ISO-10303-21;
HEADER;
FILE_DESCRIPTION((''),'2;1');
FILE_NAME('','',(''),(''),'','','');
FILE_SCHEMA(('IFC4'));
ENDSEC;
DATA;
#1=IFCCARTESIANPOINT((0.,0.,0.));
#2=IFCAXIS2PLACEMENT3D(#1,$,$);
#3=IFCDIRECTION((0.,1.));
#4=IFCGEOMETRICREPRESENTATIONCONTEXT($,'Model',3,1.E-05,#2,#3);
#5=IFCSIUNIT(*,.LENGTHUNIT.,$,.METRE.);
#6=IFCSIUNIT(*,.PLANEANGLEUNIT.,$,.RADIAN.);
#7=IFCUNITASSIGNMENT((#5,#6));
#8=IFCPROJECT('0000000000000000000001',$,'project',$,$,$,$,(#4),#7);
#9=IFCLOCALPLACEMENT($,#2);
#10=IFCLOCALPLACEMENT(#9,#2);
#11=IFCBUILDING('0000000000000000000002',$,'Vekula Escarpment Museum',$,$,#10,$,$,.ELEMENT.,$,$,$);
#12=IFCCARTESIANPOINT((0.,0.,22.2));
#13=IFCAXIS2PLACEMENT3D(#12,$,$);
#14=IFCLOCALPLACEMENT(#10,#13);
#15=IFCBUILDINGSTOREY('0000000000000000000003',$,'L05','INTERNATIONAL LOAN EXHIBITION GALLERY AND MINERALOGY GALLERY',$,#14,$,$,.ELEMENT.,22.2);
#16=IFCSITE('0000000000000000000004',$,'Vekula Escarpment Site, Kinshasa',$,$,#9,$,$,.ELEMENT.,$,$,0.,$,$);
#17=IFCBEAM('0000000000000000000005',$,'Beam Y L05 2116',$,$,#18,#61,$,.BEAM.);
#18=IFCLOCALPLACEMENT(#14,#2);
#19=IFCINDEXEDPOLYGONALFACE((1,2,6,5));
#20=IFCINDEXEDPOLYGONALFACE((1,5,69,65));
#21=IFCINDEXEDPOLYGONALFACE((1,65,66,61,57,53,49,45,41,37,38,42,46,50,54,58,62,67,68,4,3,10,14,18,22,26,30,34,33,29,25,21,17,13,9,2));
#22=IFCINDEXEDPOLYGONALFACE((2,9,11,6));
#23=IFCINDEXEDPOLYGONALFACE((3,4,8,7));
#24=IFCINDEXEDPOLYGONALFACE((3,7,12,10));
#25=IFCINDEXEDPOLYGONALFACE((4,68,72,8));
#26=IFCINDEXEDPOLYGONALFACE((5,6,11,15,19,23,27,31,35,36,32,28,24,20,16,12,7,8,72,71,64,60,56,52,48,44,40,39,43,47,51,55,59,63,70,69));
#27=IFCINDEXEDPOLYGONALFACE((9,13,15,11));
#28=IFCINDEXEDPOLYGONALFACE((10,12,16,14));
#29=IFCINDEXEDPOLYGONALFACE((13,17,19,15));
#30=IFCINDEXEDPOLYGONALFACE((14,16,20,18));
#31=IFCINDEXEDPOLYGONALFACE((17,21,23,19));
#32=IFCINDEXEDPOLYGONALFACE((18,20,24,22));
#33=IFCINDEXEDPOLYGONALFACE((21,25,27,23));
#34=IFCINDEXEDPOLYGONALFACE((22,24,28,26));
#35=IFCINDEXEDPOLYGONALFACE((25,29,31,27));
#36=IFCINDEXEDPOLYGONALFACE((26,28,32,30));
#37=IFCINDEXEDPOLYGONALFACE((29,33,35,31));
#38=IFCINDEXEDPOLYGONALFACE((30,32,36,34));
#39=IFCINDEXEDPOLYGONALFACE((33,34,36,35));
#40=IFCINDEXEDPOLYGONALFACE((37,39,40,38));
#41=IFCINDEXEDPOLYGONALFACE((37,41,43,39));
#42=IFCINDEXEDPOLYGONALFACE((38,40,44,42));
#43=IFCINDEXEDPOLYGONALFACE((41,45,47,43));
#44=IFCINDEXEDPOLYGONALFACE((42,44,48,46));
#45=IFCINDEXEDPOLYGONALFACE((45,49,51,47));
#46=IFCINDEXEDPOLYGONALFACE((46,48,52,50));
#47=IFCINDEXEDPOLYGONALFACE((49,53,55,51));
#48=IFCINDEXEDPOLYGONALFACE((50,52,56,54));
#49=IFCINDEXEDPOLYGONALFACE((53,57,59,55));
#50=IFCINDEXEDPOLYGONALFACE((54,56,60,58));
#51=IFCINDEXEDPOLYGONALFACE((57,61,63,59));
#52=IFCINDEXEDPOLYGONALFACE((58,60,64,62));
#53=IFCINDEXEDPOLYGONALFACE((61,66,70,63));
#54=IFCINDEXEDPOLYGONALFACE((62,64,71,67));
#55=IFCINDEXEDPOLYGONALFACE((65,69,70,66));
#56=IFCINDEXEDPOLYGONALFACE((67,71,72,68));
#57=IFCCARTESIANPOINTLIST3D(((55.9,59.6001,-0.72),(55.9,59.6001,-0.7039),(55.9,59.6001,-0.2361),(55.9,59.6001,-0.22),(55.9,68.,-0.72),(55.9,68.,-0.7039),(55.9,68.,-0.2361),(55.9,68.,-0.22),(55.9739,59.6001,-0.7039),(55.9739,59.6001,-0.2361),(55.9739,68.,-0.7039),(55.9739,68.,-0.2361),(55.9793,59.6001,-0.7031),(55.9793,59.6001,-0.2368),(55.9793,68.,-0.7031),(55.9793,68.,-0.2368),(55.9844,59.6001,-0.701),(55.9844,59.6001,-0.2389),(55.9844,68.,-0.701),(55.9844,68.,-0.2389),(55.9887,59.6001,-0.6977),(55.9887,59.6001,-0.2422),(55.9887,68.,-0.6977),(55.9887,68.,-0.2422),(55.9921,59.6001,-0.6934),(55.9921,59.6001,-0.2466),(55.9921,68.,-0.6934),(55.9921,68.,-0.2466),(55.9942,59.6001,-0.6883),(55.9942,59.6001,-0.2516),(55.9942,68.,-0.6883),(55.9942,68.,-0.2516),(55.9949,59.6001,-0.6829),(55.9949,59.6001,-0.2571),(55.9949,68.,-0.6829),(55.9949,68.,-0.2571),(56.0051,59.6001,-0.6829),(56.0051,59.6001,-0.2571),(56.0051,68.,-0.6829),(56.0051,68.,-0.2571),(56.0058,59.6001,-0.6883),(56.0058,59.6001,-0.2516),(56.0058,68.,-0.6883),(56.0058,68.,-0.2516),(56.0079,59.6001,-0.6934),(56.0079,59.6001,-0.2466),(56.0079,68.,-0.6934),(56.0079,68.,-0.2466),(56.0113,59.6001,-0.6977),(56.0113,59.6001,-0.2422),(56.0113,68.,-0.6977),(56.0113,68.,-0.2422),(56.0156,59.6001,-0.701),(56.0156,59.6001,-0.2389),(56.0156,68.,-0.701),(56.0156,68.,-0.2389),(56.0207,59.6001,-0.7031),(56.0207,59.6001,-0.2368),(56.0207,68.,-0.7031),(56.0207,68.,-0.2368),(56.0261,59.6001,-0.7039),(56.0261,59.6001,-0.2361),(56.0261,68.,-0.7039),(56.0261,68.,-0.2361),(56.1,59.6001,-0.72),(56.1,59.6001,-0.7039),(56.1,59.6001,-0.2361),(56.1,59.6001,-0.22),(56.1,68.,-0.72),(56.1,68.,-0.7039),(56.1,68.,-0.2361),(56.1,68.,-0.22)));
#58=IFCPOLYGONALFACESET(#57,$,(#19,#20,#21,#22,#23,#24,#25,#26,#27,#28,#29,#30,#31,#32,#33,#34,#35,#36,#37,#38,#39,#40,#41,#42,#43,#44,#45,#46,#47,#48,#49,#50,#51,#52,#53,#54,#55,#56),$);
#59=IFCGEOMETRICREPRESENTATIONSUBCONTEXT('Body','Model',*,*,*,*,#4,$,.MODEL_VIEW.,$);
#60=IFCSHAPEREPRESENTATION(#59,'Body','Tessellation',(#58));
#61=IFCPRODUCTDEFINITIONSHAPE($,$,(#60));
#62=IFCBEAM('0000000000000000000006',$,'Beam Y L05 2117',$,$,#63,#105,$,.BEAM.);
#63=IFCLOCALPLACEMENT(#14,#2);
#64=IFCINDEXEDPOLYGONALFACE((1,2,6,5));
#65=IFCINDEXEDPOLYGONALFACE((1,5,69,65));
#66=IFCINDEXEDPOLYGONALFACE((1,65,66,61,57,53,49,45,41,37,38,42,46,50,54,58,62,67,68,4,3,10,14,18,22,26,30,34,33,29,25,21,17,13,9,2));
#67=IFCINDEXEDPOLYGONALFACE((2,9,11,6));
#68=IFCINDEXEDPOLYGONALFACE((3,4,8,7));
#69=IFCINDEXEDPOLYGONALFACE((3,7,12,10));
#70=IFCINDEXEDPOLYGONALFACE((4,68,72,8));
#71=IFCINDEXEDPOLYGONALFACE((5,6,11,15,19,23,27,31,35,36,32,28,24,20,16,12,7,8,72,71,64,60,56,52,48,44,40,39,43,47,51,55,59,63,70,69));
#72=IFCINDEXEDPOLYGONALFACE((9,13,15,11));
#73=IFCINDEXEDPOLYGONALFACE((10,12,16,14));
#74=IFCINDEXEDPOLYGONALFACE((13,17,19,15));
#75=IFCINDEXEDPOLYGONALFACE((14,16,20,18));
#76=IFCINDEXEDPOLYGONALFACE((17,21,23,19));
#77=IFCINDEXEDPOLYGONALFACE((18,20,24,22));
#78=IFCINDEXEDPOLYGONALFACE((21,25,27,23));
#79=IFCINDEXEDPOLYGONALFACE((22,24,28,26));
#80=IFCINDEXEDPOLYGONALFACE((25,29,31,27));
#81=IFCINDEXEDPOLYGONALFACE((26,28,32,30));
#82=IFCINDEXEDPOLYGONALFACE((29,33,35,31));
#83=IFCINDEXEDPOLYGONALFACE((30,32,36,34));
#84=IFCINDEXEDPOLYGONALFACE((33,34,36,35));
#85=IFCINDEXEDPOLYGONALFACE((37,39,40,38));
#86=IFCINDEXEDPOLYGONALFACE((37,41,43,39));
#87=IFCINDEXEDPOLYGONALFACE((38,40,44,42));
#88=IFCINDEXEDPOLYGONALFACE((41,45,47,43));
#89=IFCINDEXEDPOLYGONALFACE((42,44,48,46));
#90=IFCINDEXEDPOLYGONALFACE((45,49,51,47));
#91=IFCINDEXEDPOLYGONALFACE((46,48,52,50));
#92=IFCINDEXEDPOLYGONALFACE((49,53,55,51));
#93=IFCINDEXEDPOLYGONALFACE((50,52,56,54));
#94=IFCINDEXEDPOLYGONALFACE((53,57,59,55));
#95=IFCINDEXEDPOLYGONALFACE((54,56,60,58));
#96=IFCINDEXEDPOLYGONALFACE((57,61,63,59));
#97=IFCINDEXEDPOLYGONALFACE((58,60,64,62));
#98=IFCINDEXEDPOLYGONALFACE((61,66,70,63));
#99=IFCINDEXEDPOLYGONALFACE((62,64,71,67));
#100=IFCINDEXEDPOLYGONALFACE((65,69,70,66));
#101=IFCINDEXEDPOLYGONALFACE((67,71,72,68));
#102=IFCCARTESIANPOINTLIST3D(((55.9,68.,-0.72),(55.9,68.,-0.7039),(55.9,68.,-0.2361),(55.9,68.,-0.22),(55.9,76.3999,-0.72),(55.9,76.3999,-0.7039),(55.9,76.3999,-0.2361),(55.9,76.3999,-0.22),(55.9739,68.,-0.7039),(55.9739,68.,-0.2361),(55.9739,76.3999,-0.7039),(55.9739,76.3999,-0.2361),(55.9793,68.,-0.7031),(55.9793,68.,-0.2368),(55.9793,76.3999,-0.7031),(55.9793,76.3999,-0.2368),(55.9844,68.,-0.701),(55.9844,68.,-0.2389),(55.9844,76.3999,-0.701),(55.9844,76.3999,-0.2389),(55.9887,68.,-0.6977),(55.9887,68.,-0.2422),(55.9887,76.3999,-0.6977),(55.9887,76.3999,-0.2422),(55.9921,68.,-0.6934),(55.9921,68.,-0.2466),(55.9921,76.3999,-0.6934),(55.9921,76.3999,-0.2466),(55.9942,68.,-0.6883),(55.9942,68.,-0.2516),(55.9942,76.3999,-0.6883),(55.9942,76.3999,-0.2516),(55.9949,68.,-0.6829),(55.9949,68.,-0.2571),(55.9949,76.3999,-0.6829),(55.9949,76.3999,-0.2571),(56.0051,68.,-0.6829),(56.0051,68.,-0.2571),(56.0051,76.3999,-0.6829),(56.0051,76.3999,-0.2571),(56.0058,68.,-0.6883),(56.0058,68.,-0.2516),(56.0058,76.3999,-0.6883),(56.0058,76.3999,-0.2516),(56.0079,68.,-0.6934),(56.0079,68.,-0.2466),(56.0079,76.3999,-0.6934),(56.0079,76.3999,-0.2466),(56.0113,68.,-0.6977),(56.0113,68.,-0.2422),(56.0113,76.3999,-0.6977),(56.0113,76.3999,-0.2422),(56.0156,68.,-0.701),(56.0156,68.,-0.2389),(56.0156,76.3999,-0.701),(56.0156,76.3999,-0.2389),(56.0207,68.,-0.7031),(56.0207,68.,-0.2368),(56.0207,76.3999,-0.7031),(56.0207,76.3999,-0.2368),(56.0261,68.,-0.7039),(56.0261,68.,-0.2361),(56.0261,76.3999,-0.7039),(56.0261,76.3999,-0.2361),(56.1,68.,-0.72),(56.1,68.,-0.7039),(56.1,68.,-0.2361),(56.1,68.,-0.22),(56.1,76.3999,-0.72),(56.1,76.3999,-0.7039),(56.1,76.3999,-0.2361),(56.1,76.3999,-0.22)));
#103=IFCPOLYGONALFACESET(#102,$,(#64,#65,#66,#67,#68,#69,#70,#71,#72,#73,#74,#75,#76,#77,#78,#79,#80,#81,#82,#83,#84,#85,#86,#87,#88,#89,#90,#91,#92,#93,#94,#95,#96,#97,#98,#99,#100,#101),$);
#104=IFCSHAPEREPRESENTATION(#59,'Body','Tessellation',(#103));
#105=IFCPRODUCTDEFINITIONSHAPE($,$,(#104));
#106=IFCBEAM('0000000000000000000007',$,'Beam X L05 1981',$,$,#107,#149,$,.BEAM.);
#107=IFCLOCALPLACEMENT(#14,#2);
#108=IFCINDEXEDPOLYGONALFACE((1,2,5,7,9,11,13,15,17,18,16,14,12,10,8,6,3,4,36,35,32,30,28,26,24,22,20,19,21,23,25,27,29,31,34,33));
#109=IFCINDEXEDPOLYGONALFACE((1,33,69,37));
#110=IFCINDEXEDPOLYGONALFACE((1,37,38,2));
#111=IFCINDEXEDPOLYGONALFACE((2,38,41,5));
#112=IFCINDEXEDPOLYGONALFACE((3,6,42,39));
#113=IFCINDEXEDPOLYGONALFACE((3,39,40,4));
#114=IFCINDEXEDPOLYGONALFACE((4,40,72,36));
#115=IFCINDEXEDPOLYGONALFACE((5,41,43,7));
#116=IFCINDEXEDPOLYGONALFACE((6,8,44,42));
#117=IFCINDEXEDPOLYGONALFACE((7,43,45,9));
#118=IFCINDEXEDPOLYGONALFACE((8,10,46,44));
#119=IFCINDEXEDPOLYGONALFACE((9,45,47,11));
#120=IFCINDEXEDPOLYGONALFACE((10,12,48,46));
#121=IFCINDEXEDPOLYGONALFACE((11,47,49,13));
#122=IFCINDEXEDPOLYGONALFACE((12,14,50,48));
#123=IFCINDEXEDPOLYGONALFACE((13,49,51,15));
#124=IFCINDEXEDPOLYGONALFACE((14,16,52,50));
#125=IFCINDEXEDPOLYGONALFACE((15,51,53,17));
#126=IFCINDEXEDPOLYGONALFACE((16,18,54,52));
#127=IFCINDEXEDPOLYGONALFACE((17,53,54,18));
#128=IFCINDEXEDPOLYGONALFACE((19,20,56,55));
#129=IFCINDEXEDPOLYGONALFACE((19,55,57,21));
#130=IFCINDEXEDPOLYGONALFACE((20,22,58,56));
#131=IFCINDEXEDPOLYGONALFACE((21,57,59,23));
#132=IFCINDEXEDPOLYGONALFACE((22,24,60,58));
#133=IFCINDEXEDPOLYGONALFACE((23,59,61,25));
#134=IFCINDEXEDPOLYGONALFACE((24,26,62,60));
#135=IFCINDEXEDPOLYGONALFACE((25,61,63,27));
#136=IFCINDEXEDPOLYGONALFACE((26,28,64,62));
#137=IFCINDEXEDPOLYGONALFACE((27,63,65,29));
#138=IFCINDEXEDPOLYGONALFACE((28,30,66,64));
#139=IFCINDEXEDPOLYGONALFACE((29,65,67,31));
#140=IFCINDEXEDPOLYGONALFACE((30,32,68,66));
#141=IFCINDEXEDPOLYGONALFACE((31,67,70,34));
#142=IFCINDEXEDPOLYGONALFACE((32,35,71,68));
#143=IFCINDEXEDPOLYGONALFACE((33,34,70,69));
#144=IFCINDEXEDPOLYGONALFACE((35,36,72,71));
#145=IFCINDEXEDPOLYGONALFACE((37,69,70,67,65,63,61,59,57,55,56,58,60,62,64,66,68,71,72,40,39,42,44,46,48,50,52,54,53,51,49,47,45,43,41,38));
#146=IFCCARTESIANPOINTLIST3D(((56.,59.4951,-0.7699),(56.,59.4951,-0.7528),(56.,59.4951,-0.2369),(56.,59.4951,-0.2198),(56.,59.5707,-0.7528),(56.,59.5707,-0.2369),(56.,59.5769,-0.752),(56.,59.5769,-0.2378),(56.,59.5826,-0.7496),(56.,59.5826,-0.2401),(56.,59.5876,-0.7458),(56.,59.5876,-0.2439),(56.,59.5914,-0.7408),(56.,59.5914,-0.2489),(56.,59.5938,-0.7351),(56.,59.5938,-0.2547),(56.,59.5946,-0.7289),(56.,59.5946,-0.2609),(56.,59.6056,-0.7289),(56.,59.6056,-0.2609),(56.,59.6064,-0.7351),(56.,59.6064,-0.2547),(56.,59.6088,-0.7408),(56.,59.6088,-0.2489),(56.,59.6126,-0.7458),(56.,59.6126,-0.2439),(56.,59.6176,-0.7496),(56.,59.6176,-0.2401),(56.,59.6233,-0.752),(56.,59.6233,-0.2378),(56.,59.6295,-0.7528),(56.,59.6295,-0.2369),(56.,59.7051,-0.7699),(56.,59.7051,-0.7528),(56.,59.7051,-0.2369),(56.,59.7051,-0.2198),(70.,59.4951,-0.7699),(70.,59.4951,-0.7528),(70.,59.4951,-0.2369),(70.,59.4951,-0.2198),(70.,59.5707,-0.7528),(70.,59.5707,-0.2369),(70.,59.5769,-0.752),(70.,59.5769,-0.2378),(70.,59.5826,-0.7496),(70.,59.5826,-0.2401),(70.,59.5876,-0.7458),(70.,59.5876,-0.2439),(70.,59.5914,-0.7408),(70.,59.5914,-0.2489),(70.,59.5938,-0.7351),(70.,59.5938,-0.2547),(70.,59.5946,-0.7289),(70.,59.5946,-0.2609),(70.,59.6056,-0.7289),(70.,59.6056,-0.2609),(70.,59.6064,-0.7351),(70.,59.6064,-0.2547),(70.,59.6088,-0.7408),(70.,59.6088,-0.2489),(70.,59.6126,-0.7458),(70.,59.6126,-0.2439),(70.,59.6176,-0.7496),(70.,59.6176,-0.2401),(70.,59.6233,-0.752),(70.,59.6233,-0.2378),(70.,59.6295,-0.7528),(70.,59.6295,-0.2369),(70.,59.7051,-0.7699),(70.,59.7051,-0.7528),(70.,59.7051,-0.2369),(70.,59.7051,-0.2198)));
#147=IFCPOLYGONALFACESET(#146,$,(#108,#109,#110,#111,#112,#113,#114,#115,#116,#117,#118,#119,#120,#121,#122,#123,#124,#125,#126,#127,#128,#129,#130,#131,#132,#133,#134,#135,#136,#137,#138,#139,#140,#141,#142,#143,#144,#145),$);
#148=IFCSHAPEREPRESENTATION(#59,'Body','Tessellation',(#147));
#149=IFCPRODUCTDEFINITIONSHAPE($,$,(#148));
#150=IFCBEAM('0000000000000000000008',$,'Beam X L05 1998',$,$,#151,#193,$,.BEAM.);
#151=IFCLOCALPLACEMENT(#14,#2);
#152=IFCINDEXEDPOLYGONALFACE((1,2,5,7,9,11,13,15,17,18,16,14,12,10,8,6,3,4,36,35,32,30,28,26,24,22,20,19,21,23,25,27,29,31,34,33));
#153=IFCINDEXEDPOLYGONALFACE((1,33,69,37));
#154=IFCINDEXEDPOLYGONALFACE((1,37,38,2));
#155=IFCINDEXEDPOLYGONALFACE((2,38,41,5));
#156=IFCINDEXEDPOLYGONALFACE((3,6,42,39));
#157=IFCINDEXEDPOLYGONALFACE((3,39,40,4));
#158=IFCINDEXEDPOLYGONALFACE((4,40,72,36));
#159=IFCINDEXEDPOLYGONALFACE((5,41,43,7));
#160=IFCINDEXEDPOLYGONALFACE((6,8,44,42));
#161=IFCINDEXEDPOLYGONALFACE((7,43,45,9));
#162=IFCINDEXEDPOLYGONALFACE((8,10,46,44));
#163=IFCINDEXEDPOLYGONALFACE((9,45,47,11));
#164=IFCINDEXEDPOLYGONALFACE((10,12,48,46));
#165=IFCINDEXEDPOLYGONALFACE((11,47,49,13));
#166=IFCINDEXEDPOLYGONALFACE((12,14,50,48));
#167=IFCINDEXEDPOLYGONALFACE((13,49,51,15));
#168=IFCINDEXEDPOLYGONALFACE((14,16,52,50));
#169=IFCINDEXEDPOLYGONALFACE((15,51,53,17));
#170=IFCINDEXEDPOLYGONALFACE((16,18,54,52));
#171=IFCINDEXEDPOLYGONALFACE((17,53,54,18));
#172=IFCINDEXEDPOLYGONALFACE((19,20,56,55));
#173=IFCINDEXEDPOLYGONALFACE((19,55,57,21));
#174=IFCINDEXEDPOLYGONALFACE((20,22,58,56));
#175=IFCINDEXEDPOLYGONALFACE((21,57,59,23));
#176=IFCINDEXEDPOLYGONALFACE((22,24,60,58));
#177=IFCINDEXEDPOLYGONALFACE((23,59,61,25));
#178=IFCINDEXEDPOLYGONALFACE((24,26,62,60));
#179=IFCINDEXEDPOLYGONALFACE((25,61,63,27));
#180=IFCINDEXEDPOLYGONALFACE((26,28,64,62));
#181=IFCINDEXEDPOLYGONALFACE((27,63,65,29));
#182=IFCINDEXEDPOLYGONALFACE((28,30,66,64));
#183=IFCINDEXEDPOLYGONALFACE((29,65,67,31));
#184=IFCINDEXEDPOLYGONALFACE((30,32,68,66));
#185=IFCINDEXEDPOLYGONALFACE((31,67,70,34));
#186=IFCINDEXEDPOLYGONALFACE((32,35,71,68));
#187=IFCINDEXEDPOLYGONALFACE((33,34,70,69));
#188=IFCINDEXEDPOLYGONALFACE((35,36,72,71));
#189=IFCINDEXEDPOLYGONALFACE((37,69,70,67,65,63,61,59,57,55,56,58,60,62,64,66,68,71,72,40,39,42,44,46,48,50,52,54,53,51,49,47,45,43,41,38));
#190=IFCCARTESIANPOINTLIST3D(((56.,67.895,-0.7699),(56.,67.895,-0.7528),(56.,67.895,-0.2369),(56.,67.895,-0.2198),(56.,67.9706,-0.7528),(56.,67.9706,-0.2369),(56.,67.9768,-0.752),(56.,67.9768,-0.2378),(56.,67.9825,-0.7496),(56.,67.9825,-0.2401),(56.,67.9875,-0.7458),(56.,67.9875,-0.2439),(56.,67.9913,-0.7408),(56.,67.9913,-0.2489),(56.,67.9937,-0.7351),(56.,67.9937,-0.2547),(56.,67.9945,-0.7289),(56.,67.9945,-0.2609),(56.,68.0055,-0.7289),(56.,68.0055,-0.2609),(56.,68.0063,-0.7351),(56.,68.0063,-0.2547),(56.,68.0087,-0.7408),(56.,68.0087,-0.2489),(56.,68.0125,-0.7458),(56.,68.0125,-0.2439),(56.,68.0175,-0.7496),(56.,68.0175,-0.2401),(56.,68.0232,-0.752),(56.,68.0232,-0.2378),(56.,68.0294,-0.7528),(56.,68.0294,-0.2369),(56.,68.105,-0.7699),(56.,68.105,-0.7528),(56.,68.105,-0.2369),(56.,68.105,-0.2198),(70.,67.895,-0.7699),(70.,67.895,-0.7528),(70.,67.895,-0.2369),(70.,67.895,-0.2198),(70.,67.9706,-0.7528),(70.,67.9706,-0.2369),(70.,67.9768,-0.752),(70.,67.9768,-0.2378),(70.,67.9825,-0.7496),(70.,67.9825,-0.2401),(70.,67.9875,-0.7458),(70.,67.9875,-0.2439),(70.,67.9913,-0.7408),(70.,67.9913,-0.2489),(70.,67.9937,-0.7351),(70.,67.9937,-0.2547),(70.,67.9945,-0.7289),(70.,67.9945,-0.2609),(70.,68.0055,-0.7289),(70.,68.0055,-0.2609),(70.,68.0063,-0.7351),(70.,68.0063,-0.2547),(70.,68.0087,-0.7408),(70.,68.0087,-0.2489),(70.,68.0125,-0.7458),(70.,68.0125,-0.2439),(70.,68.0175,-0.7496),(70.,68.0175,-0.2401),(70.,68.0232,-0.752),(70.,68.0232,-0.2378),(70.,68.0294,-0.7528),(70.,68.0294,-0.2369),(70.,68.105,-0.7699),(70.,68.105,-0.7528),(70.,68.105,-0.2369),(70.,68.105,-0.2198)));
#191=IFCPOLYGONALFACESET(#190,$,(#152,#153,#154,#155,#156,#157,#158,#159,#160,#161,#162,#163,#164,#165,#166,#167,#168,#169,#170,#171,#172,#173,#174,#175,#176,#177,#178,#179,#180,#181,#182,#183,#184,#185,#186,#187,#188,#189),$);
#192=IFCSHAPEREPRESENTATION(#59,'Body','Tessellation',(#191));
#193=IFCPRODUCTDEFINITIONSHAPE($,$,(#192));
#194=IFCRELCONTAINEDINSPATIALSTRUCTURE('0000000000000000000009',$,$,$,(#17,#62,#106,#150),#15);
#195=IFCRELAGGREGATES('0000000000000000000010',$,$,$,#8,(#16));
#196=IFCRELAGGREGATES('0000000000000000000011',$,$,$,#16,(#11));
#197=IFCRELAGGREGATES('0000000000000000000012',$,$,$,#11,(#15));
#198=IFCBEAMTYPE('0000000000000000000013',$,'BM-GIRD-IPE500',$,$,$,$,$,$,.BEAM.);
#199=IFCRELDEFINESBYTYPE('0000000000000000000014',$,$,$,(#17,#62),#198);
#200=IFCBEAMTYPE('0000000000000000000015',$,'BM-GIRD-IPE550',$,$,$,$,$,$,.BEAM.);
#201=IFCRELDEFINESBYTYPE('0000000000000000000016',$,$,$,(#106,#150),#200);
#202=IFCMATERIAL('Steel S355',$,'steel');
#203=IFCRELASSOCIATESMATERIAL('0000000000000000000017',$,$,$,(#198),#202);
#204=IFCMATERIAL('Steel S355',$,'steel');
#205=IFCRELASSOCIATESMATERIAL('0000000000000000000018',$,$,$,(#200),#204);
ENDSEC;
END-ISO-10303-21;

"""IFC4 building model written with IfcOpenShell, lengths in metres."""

from ifc_helpers import new_model, si_unit, direction, frame, origin, origin_2d, place, context, subcontext, project, spatial, i_section, extrude, material, material_profile, profile_set, type_object, element, save


model = new_model("IFC4")

# Units and contexts
model_context = context("Model", 3, precision=1e-05, world=origin(), true_north=direction((0.0, 1.0)))
body_context = subcontext(model_context, "Body", "Model", "MODEL_VIEW")
ifc_project = project(units=[si_unit("LENGTHUNIT", "METRE"), si_unit("PLANEANGLEUNIT", "RADIAN")], contexts=[model_context])

# Site, building, storey
site_placement = place(None, origin())
site = spatial("IfcSite", under=ifc_project, at=site_placement, Name="Vekula Escarpment Site, Kinshasa", CompositionType="ELEMENT", RefElevation=0.0)
building_placement = place(site_placement, origin())
building = spatial("IfcBuilding", under=site, at=building_placement, Name="Vekula Escarpment Museum", CompositionType="ELEMENT")
storey_placement = place(building_placement, frame((0.0, 0.0, 22.2)))
storey = spatial("IfcBuildingStorey", under=building, at=storey_placement, Name="L05", Description="INTERNATIONAL LOAN EXHIBITION GALLERY AND MINERALOGY GALLERY", CompositionType="ELEMENT", Elevation=22.2)

# Beams
ifc_material_1 = material(Name="Steel S355", Category="steel")
ifc_material_profile_1 = material_profile(ifc_material_1, i_section(OverallWidth=0.2, OverallDepth=0.5, WebThickness=0.0103, FlangeThickness=0.0161, FilletRadius=0.021, at=origin_2d()), Name="IPE 500")
ifc_profile_set_1 = profile_set([ifc_material_profile_1], Name="Steel S355")
beam_type_1 = type_object("IfcBeamType", Name="BM-GIRD-IPE500", PredefinedType="BEAM", material=ifc_profile_set_1)
for number, where, z_axis, x_axis, name in (
    (1, (56.0, 59.6001, -0.47), (0.0, 1.0, 0.0), (-1.0, 0.0, 0.0), "Beam Y L05 2116"),
    (2, (56.0, 68.0, -0.47), (0.0, 1.0, 0.0), (-1.0, 0.0, 0.0), "Beam Y L05 2117"),
):
    element("IfcBeam", number, at=place(storey_placement, frame(where, z_axis=z_axis, x_axis=x_axis)), inside=storey, type_object=beam_type_1, Name=name, PredefinedType="BEAM", context=body_context, shape_type="SweptSolid", body=[
        extrude(i_section(OverallWidth=0.2, OverallDepth=0.5, WebThickness=0.0103, FlangeThickness=0.0161, FilletRadius=0.021, at=origin_2d()), origin(), (0.0, 0.0, 1.0), 8.3999),
    ])
ifc_material_2 = material(Name="Steel S355", Category="steel")
ifc_material_profile_2 = material_profile(ifc_material_2, i_section(OverallWidth=0.21, OverallDepth=0.55, WebThickness=0.011, FlangeThickness=0.0171, FilletRadius=0.0239, at=origin_2d()), Name="IPE 550")
ifc_profile_set_2 = profile_set([ifc_material_profile_2], Name="Steel S355")
beam_type_2 = type_object("IfcBeamType", Name="BM-GIRD-IPE550", PredefinedType="BEAM", material=ifc_profile_set_2)
for number, where, z_axis, x_axis, name in (
    (3, (56.0, 59.6001, -0.4949), (1.0, 0.0, 0.0), (0.0, 1.0, 0.0), "Beam X L05 1981"),
    (4, (56.0, 68.0, -0.4949), (1.0, 0.0, 0.0), (0.0, 1.0, 0.0), "Beam X L05 1998"),
):
    element("IfcBeam", number, at=place(storey_placement, frame(where, z_axis=z_axis, x_axis=x_axis)), inside=storey, type_object=beam_type_2, Name=name, PredefinedType="BEAM", context=body_context, shape_type="SweptSolid", body=[
        extrude(i_section(OverallWidth=0.21, OverallDepth=0.55, WebThickness=0.011, FlangeThickness=0.0171, FilletRadius=0.0239, at=origin_2d()), origin(), (0.0, 0.0, 1.0), 14.0),
    ])

save(model, "model.ifc")
